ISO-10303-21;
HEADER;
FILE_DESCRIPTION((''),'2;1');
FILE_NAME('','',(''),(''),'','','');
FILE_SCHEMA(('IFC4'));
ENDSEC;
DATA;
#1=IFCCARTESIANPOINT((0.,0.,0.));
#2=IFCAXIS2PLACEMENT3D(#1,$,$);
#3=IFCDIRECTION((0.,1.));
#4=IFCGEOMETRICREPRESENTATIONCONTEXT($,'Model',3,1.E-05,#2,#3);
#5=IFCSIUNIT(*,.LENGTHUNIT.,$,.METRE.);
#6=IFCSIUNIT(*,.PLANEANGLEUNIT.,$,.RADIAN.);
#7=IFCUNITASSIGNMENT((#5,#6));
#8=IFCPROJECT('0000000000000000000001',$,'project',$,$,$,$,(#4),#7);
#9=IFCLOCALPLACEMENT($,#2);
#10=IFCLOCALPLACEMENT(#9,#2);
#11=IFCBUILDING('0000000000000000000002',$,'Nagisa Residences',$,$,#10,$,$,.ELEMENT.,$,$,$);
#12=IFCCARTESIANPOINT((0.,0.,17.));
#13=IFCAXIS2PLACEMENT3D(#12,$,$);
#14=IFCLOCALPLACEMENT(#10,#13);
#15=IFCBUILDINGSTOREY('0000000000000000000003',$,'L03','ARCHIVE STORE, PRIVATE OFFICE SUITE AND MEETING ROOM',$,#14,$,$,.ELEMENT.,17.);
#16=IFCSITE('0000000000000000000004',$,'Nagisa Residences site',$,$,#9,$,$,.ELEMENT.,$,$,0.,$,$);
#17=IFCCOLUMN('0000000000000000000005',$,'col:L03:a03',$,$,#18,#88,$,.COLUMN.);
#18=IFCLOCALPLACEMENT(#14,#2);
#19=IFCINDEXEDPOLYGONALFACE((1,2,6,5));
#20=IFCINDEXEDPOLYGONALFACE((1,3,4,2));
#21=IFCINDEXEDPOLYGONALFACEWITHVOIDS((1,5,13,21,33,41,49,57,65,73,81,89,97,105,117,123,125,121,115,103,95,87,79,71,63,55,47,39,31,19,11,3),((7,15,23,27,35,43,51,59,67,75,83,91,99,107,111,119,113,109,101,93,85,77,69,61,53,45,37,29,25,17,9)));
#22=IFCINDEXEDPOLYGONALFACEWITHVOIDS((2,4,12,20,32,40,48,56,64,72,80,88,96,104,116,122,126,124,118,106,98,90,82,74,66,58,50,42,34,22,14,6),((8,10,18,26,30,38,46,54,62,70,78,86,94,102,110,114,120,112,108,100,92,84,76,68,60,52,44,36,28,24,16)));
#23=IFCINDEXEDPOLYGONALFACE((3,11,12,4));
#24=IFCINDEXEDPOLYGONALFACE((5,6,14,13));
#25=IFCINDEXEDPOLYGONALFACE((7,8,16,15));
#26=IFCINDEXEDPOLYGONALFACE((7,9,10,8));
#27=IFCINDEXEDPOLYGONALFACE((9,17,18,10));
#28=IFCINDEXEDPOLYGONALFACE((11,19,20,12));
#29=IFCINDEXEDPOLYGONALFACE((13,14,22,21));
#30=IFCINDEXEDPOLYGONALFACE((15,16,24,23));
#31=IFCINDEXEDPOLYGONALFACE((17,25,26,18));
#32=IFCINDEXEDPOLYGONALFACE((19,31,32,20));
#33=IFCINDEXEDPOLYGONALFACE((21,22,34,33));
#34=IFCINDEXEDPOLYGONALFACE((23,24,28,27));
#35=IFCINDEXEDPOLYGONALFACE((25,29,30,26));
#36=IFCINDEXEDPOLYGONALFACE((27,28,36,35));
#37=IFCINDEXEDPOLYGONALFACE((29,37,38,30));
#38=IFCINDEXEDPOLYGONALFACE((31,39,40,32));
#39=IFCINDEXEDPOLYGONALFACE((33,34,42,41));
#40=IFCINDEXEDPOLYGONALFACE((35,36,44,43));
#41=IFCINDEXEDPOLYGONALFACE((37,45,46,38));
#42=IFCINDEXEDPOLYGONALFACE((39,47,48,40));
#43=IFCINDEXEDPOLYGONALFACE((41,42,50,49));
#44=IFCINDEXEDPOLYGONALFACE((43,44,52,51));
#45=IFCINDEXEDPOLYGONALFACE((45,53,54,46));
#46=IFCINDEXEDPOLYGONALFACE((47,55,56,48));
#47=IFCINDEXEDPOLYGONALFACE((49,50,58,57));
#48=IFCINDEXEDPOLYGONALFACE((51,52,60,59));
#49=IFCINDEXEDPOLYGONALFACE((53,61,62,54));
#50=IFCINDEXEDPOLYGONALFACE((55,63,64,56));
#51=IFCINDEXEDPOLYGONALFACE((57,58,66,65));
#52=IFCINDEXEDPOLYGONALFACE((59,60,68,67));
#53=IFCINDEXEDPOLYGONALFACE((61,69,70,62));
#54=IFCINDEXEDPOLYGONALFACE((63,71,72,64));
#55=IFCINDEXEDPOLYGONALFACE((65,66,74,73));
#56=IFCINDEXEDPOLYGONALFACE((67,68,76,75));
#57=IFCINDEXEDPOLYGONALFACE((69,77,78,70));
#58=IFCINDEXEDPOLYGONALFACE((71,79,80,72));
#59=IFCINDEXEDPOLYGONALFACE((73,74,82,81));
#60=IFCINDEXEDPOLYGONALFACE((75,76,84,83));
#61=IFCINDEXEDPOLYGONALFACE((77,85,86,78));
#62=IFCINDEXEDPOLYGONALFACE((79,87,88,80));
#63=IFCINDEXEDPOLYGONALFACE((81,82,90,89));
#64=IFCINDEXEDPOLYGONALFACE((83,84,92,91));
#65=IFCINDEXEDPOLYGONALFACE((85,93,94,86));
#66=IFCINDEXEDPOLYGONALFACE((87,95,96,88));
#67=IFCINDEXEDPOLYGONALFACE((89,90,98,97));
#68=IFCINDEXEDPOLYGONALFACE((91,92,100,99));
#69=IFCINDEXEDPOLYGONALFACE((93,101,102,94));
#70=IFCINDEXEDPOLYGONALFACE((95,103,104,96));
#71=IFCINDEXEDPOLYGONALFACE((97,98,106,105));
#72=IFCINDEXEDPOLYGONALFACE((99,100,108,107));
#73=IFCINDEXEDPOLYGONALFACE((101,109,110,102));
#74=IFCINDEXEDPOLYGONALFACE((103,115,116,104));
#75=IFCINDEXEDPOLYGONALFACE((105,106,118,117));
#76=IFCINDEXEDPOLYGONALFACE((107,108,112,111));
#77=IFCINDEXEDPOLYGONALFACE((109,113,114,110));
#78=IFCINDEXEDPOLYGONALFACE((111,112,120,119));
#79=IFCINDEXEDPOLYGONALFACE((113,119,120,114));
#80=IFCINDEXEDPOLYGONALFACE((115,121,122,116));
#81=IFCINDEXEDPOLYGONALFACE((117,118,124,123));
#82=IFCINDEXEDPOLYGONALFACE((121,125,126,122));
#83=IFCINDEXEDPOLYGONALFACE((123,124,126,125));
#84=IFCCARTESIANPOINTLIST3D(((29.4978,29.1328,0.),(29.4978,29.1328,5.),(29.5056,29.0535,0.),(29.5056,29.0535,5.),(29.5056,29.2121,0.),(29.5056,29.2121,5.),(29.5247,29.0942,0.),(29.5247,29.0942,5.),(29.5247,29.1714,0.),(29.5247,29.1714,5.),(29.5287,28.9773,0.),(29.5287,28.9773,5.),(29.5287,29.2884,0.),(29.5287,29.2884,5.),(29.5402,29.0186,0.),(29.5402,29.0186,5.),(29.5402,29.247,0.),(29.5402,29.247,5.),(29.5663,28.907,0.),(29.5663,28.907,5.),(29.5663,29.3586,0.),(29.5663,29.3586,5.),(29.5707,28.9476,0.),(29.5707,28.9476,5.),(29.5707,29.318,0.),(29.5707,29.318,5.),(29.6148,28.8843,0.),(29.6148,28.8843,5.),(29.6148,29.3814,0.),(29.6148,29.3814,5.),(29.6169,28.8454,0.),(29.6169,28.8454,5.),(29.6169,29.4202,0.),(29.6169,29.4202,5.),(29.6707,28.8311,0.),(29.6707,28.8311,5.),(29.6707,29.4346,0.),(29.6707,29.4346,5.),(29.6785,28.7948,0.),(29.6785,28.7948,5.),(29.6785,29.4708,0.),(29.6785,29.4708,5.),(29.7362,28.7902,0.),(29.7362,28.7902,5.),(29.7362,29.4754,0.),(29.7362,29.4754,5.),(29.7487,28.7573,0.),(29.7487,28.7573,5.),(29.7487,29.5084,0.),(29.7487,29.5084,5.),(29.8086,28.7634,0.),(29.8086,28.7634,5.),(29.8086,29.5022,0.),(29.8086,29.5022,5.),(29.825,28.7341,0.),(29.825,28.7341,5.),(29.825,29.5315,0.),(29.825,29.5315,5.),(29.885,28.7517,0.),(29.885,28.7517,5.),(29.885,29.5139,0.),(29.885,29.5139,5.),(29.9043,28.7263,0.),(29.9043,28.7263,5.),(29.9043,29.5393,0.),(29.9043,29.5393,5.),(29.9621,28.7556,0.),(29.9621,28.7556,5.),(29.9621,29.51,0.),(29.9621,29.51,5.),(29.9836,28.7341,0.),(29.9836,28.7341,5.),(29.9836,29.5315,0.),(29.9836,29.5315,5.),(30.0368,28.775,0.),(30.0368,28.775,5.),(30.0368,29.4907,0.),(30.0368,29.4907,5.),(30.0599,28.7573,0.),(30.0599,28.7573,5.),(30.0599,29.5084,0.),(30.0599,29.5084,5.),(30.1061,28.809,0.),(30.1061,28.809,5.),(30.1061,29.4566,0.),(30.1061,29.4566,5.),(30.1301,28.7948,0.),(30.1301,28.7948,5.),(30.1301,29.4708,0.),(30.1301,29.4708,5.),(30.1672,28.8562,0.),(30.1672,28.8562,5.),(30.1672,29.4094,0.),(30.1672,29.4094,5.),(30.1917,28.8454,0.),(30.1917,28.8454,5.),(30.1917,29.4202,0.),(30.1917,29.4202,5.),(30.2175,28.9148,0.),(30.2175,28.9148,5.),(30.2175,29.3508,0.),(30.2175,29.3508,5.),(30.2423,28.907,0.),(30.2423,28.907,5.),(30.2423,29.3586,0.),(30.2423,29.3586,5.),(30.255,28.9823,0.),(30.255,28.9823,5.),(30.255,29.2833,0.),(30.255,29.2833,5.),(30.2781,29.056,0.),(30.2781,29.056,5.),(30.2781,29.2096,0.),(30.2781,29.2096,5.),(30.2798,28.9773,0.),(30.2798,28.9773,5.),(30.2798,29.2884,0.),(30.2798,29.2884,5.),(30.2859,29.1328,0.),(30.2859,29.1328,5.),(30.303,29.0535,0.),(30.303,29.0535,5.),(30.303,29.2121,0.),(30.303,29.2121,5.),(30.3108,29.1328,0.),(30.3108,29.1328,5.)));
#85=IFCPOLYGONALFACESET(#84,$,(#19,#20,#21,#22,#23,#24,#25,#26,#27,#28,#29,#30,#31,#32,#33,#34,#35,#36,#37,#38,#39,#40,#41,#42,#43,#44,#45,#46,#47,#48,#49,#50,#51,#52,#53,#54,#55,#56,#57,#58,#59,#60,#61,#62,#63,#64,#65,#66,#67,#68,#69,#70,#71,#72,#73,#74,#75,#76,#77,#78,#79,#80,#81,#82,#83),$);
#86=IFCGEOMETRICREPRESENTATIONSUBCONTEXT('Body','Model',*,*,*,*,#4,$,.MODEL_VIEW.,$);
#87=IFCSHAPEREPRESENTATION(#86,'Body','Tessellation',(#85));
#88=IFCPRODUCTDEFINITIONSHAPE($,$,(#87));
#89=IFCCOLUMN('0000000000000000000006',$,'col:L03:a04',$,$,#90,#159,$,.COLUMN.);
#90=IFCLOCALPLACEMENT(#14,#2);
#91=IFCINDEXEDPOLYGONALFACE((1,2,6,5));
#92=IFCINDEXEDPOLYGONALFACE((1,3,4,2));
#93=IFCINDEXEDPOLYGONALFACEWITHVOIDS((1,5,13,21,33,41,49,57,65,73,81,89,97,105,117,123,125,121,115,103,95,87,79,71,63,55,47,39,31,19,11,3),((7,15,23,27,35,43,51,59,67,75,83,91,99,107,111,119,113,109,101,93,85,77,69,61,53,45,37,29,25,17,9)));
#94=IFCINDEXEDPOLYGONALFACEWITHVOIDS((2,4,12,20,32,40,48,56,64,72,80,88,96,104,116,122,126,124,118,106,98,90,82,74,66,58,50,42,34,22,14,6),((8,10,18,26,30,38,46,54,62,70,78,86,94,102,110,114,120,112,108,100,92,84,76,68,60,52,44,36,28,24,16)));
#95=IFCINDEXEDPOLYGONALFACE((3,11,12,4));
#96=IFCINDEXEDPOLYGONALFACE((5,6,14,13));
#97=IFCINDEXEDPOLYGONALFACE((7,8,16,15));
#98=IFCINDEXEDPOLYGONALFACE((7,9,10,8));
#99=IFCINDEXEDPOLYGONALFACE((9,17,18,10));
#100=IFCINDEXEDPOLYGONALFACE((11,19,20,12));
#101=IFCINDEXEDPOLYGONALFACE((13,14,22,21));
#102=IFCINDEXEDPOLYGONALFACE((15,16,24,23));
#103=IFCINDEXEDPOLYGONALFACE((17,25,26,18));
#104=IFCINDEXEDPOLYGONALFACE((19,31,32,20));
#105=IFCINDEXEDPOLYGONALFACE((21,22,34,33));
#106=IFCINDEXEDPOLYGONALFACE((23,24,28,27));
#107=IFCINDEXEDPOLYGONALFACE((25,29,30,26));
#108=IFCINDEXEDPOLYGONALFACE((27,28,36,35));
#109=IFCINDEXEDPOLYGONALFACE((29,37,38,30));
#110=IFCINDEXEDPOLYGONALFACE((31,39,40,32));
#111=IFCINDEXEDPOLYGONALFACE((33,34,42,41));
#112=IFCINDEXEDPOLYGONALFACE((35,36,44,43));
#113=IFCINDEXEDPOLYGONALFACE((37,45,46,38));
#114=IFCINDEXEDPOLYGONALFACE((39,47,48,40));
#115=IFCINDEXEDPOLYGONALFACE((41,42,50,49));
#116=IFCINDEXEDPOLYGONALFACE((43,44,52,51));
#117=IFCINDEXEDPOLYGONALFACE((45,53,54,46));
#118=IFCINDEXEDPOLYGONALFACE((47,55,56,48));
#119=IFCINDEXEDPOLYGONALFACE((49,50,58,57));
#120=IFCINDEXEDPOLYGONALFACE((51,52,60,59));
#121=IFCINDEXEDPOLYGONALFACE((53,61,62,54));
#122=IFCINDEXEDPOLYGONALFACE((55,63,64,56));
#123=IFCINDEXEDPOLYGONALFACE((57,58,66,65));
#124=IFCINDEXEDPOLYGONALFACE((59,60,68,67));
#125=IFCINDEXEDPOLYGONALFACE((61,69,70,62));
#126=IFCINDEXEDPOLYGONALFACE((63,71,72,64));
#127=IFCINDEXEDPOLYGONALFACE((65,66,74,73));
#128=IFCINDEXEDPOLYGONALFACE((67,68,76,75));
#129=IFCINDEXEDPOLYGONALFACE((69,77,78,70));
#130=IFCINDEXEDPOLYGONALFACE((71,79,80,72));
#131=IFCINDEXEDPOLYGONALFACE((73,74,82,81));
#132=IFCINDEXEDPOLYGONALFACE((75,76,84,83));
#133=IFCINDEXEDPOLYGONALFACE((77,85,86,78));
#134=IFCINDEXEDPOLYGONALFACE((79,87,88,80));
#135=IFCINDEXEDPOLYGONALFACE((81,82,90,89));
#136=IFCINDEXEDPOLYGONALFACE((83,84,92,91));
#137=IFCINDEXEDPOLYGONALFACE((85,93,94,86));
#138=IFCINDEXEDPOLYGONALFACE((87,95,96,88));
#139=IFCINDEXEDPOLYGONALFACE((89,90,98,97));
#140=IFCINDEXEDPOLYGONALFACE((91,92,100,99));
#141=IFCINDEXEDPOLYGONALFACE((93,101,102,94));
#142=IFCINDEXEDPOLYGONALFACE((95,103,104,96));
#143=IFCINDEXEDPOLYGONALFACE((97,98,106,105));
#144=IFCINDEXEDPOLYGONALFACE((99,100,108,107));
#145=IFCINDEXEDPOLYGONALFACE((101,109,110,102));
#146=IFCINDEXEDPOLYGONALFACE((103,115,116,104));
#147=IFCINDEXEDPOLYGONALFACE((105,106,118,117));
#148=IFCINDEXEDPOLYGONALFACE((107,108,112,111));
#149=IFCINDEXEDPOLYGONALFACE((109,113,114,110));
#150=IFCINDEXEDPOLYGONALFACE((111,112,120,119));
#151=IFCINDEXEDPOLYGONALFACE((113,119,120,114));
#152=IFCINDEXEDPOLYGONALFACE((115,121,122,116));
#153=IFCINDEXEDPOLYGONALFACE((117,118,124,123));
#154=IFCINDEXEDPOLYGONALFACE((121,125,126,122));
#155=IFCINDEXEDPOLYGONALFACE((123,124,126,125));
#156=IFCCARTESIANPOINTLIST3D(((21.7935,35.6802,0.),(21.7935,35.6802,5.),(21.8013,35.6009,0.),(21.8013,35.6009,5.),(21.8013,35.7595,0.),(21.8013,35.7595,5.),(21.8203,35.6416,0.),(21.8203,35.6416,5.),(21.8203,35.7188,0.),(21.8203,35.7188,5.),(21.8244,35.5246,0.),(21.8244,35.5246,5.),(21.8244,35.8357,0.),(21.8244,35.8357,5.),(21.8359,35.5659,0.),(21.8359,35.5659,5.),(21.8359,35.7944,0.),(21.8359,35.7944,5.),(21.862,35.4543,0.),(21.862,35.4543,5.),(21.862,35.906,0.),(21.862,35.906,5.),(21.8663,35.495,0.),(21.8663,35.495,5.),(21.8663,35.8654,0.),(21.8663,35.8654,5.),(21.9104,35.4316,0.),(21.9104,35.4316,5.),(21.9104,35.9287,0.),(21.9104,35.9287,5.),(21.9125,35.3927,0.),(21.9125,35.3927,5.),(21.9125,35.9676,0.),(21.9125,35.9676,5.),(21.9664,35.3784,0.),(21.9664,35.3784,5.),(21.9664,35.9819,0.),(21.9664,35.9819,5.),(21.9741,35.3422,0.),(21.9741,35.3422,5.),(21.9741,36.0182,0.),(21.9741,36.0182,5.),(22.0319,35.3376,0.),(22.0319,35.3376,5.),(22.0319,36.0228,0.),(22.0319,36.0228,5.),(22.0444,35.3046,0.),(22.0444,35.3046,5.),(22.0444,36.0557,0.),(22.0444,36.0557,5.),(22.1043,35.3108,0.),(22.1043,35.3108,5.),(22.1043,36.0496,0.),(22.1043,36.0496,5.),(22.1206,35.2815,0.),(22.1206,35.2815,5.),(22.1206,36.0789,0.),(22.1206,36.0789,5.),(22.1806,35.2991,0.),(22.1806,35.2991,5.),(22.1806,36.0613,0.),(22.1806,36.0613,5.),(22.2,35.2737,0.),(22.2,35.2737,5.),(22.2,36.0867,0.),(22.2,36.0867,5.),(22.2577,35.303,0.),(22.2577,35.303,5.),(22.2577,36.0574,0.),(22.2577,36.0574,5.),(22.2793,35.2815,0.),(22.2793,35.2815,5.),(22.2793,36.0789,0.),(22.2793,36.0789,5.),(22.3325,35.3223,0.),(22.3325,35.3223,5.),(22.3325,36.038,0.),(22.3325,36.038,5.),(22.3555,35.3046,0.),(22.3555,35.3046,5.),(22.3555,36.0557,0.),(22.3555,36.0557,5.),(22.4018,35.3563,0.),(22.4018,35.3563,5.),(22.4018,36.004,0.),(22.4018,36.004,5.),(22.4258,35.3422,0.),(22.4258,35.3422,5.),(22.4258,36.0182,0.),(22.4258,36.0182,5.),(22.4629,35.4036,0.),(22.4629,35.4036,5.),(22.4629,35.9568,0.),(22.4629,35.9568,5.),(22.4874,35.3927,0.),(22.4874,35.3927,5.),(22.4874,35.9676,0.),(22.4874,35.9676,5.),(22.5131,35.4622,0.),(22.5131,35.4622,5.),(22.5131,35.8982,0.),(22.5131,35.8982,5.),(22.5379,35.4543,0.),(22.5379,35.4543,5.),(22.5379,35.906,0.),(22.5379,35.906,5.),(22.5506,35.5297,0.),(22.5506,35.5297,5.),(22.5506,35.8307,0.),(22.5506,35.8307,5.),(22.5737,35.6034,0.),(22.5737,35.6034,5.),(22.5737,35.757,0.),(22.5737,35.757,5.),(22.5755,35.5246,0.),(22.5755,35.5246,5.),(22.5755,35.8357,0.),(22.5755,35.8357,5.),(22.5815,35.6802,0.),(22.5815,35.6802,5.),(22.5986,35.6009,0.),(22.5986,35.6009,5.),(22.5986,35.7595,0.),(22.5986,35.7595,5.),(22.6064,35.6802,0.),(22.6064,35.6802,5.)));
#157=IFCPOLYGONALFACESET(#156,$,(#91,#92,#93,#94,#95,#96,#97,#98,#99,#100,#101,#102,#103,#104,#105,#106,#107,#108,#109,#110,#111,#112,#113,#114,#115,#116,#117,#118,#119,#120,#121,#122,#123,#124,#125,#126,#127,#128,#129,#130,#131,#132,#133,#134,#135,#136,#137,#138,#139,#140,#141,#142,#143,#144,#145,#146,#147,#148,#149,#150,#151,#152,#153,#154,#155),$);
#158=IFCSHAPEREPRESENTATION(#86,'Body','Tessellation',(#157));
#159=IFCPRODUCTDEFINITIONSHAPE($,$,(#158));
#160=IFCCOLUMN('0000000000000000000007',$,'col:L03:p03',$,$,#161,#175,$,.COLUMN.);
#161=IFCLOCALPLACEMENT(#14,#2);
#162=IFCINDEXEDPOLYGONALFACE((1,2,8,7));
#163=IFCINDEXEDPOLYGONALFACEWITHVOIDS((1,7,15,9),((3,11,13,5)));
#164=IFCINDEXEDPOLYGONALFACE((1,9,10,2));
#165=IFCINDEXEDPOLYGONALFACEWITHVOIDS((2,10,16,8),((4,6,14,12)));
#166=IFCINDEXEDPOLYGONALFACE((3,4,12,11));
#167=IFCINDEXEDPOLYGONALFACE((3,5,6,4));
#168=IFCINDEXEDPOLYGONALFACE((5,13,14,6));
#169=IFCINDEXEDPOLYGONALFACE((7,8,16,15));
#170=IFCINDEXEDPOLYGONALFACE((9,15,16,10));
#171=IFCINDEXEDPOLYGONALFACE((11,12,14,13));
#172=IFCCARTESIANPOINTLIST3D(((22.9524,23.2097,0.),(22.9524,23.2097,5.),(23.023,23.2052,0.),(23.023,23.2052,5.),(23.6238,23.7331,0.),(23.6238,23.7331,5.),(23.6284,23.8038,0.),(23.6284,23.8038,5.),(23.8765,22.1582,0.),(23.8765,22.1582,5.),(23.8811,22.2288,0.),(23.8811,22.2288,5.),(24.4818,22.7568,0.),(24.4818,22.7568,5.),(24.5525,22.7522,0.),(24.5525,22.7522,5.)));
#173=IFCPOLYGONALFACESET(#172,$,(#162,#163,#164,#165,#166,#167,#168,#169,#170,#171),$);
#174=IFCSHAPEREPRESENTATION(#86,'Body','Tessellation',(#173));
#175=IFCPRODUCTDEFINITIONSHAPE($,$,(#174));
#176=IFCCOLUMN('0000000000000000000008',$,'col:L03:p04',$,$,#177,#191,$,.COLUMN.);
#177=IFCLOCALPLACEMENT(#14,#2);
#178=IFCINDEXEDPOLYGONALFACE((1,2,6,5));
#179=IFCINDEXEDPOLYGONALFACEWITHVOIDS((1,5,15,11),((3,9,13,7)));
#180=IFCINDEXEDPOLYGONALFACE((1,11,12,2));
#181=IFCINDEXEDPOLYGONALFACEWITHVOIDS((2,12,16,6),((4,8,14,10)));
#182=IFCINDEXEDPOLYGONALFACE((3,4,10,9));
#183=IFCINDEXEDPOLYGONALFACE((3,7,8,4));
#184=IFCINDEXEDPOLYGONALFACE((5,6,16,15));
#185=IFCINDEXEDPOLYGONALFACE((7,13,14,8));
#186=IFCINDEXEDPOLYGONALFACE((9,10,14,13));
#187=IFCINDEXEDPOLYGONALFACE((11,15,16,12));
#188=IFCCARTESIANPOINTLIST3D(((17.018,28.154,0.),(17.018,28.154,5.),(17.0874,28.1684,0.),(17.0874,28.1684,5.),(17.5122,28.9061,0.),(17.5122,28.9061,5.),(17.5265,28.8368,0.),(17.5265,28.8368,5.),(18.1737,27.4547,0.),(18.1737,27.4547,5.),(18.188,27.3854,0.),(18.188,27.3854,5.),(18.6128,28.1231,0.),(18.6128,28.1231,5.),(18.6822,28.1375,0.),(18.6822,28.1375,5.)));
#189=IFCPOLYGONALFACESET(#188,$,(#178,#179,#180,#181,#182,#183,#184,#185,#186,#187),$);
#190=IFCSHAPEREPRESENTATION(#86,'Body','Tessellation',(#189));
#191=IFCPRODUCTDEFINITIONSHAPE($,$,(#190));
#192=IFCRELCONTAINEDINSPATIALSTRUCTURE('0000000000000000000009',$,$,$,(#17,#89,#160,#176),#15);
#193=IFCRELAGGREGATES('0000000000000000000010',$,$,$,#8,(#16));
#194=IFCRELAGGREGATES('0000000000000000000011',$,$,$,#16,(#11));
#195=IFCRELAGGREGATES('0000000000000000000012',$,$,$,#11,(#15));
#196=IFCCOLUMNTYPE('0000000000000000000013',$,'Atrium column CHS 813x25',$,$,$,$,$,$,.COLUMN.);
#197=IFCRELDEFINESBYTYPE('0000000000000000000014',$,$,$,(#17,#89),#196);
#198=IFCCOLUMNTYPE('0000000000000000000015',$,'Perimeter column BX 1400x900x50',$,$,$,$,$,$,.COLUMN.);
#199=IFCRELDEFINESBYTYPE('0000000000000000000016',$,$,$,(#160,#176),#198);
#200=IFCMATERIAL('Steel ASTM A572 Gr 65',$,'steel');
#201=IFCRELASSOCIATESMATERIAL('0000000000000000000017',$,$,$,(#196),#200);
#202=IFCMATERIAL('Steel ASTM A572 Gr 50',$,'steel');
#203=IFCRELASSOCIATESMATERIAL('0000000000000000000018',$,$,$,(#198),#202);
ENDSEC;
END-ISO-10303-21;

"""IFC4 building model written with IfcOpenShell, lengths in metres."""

from ifc_helpers import new_model, si_unit, direction, frame, origin, origin_2d, place, context, subcontext, project, spatial, hollow_rectangle, hollow_circle, extrude, material, material_profile, profile_set, type_object, element, save


model = new_model("IFC4")

# Units and contexts
model_context = context("Model", 3, precision=1e-05, world=origin(), true_north=direction((0.0, 1.0)))
body_context = subcontext(model_context, "Body", "Model", "MODEL_VIEW")
ifc_project = project(units=[si_unit("LENGTHUNIT", "METRE"), si_unit("PLANEANGLEUNIT", "RADIAN")], contexts=[model_context])

# Site, building, storey
site_placement = place(None, origin())
site = spatial("IfcSite", under=ifc_project, at=site_placement, Name="Nagisa Residences site", CompositionType="ELEMENT", RefElevation=0.0)
building_placement = place(site_placement, origin())
building = spatial("IfcBuilding", under=site, at=building_placement, Name="Nagisa Residences", CompositionType="ELEMENT")
storey_placement = place(building_placement, frame((0.0, 0.0, 17.0)))
storey = spatial("IfcBuildingStorey", under=building, at=storey_placement, Name="L03", Description="ARCHIVE STORE, PRIVATE OFFICE SUITE AND MEETING ROOM", CompositionType="ELEMENT", Elevation=17.0)

# Columns
ifc_material_1 = material(Name="Steel ASTM A572 Gr 65", Category="steel")
ifc_material_profile_1 = material_profile(ifc_material_1, hollow_circle(Radius=0.4065, WallThickness=0.0249, at=origin_2d()), Name="CHS 813x25")
ifc_profile_set_1 = profile_set([ifc_material_profile_1], Name="Steel ASTM A572 Gr 65")
column_type_1 = type_object("IfcColumnType", Name="Atrium column CHS 813x25", PredefinedType="COLUMN", material=ifc_profile_set_1)
for number, where, z_axis, x_axis, name in (
    (1, (29.9043, 29.1328, 0.0), (0.0, 0.0, 1.0), (1.0, 0.0, 0.0), "col:L03:a03"),
    (2, (22.2, 35.6802, 0.0), (0.0, 0.0, 1.0), (1.0, 0.0, 0.0), "col:L03:a04"),
):
    element("IfcColumn", number, at=place(storey_placement, frame(where, z_axis=z_axis, x_axis=x_axis)), inside=storey, type_object=column_type_1, Name=name, PredefinedType="COLUMN", context=body_context, shape_type="SweptSolid", body=[
        extrude(hollow_circle(Radius=0.4065, WallThickness=0.0249, at=origin_2d()), origin(), (0.0, 0.0, 1.0), 5.0),
    ])
ifc_material_2 = material(Name="Steel ASTM A572 Gr 50", Category="steel")
ifc_material_profile_2 = material_profile(ifc_material_2, hollow_rectangle(XDim=1.3999, YDim=0.8999, WallThickness=0.05, at=origin_2d()), Name="BX 1400x900x50")
ifc_profile_set_2 = profile_set([ifc_material_profile_2], Name="Steel ASTM A572 Gr 50")
column_type_2 = type_object("IfcColumnType", Name="Perimeter column BX 1400x900x50", PredefinedType="COLUMN", material=ifc_profile_set_2)
for number, where, z_axis, x_axis, name in (
    (3, (23.7524, 22.981, 0.0), (0.0, 0.0, 1.0), (-0.660115, 0.751165, 0.0), "col:L03:p03"),
    (4, (17.8501, 28.1458, 0.0), (0.0, 0.0, 1.0), (-0.835766, 0.549086, 0.0), "col:L03:p04"),
):
    element("IfcColumn", number, at=place(storey_placement, frame(where, z_axis=z_axis, x_axis=x_axis)), inside=storey, type_object=column_type_2, Name=name, PredefinedType="COLUMN", context=body_context, shape_type="SweptSolid", body=[
        extrude(hollow_rectangle(XDim=1.3999, YDim=0.8999, WallThickness=0.05, at=origin_2d()), origin(), (0.0, 0.0, 1.0), 5.0),
    ])

save(model, "model.ifc")
